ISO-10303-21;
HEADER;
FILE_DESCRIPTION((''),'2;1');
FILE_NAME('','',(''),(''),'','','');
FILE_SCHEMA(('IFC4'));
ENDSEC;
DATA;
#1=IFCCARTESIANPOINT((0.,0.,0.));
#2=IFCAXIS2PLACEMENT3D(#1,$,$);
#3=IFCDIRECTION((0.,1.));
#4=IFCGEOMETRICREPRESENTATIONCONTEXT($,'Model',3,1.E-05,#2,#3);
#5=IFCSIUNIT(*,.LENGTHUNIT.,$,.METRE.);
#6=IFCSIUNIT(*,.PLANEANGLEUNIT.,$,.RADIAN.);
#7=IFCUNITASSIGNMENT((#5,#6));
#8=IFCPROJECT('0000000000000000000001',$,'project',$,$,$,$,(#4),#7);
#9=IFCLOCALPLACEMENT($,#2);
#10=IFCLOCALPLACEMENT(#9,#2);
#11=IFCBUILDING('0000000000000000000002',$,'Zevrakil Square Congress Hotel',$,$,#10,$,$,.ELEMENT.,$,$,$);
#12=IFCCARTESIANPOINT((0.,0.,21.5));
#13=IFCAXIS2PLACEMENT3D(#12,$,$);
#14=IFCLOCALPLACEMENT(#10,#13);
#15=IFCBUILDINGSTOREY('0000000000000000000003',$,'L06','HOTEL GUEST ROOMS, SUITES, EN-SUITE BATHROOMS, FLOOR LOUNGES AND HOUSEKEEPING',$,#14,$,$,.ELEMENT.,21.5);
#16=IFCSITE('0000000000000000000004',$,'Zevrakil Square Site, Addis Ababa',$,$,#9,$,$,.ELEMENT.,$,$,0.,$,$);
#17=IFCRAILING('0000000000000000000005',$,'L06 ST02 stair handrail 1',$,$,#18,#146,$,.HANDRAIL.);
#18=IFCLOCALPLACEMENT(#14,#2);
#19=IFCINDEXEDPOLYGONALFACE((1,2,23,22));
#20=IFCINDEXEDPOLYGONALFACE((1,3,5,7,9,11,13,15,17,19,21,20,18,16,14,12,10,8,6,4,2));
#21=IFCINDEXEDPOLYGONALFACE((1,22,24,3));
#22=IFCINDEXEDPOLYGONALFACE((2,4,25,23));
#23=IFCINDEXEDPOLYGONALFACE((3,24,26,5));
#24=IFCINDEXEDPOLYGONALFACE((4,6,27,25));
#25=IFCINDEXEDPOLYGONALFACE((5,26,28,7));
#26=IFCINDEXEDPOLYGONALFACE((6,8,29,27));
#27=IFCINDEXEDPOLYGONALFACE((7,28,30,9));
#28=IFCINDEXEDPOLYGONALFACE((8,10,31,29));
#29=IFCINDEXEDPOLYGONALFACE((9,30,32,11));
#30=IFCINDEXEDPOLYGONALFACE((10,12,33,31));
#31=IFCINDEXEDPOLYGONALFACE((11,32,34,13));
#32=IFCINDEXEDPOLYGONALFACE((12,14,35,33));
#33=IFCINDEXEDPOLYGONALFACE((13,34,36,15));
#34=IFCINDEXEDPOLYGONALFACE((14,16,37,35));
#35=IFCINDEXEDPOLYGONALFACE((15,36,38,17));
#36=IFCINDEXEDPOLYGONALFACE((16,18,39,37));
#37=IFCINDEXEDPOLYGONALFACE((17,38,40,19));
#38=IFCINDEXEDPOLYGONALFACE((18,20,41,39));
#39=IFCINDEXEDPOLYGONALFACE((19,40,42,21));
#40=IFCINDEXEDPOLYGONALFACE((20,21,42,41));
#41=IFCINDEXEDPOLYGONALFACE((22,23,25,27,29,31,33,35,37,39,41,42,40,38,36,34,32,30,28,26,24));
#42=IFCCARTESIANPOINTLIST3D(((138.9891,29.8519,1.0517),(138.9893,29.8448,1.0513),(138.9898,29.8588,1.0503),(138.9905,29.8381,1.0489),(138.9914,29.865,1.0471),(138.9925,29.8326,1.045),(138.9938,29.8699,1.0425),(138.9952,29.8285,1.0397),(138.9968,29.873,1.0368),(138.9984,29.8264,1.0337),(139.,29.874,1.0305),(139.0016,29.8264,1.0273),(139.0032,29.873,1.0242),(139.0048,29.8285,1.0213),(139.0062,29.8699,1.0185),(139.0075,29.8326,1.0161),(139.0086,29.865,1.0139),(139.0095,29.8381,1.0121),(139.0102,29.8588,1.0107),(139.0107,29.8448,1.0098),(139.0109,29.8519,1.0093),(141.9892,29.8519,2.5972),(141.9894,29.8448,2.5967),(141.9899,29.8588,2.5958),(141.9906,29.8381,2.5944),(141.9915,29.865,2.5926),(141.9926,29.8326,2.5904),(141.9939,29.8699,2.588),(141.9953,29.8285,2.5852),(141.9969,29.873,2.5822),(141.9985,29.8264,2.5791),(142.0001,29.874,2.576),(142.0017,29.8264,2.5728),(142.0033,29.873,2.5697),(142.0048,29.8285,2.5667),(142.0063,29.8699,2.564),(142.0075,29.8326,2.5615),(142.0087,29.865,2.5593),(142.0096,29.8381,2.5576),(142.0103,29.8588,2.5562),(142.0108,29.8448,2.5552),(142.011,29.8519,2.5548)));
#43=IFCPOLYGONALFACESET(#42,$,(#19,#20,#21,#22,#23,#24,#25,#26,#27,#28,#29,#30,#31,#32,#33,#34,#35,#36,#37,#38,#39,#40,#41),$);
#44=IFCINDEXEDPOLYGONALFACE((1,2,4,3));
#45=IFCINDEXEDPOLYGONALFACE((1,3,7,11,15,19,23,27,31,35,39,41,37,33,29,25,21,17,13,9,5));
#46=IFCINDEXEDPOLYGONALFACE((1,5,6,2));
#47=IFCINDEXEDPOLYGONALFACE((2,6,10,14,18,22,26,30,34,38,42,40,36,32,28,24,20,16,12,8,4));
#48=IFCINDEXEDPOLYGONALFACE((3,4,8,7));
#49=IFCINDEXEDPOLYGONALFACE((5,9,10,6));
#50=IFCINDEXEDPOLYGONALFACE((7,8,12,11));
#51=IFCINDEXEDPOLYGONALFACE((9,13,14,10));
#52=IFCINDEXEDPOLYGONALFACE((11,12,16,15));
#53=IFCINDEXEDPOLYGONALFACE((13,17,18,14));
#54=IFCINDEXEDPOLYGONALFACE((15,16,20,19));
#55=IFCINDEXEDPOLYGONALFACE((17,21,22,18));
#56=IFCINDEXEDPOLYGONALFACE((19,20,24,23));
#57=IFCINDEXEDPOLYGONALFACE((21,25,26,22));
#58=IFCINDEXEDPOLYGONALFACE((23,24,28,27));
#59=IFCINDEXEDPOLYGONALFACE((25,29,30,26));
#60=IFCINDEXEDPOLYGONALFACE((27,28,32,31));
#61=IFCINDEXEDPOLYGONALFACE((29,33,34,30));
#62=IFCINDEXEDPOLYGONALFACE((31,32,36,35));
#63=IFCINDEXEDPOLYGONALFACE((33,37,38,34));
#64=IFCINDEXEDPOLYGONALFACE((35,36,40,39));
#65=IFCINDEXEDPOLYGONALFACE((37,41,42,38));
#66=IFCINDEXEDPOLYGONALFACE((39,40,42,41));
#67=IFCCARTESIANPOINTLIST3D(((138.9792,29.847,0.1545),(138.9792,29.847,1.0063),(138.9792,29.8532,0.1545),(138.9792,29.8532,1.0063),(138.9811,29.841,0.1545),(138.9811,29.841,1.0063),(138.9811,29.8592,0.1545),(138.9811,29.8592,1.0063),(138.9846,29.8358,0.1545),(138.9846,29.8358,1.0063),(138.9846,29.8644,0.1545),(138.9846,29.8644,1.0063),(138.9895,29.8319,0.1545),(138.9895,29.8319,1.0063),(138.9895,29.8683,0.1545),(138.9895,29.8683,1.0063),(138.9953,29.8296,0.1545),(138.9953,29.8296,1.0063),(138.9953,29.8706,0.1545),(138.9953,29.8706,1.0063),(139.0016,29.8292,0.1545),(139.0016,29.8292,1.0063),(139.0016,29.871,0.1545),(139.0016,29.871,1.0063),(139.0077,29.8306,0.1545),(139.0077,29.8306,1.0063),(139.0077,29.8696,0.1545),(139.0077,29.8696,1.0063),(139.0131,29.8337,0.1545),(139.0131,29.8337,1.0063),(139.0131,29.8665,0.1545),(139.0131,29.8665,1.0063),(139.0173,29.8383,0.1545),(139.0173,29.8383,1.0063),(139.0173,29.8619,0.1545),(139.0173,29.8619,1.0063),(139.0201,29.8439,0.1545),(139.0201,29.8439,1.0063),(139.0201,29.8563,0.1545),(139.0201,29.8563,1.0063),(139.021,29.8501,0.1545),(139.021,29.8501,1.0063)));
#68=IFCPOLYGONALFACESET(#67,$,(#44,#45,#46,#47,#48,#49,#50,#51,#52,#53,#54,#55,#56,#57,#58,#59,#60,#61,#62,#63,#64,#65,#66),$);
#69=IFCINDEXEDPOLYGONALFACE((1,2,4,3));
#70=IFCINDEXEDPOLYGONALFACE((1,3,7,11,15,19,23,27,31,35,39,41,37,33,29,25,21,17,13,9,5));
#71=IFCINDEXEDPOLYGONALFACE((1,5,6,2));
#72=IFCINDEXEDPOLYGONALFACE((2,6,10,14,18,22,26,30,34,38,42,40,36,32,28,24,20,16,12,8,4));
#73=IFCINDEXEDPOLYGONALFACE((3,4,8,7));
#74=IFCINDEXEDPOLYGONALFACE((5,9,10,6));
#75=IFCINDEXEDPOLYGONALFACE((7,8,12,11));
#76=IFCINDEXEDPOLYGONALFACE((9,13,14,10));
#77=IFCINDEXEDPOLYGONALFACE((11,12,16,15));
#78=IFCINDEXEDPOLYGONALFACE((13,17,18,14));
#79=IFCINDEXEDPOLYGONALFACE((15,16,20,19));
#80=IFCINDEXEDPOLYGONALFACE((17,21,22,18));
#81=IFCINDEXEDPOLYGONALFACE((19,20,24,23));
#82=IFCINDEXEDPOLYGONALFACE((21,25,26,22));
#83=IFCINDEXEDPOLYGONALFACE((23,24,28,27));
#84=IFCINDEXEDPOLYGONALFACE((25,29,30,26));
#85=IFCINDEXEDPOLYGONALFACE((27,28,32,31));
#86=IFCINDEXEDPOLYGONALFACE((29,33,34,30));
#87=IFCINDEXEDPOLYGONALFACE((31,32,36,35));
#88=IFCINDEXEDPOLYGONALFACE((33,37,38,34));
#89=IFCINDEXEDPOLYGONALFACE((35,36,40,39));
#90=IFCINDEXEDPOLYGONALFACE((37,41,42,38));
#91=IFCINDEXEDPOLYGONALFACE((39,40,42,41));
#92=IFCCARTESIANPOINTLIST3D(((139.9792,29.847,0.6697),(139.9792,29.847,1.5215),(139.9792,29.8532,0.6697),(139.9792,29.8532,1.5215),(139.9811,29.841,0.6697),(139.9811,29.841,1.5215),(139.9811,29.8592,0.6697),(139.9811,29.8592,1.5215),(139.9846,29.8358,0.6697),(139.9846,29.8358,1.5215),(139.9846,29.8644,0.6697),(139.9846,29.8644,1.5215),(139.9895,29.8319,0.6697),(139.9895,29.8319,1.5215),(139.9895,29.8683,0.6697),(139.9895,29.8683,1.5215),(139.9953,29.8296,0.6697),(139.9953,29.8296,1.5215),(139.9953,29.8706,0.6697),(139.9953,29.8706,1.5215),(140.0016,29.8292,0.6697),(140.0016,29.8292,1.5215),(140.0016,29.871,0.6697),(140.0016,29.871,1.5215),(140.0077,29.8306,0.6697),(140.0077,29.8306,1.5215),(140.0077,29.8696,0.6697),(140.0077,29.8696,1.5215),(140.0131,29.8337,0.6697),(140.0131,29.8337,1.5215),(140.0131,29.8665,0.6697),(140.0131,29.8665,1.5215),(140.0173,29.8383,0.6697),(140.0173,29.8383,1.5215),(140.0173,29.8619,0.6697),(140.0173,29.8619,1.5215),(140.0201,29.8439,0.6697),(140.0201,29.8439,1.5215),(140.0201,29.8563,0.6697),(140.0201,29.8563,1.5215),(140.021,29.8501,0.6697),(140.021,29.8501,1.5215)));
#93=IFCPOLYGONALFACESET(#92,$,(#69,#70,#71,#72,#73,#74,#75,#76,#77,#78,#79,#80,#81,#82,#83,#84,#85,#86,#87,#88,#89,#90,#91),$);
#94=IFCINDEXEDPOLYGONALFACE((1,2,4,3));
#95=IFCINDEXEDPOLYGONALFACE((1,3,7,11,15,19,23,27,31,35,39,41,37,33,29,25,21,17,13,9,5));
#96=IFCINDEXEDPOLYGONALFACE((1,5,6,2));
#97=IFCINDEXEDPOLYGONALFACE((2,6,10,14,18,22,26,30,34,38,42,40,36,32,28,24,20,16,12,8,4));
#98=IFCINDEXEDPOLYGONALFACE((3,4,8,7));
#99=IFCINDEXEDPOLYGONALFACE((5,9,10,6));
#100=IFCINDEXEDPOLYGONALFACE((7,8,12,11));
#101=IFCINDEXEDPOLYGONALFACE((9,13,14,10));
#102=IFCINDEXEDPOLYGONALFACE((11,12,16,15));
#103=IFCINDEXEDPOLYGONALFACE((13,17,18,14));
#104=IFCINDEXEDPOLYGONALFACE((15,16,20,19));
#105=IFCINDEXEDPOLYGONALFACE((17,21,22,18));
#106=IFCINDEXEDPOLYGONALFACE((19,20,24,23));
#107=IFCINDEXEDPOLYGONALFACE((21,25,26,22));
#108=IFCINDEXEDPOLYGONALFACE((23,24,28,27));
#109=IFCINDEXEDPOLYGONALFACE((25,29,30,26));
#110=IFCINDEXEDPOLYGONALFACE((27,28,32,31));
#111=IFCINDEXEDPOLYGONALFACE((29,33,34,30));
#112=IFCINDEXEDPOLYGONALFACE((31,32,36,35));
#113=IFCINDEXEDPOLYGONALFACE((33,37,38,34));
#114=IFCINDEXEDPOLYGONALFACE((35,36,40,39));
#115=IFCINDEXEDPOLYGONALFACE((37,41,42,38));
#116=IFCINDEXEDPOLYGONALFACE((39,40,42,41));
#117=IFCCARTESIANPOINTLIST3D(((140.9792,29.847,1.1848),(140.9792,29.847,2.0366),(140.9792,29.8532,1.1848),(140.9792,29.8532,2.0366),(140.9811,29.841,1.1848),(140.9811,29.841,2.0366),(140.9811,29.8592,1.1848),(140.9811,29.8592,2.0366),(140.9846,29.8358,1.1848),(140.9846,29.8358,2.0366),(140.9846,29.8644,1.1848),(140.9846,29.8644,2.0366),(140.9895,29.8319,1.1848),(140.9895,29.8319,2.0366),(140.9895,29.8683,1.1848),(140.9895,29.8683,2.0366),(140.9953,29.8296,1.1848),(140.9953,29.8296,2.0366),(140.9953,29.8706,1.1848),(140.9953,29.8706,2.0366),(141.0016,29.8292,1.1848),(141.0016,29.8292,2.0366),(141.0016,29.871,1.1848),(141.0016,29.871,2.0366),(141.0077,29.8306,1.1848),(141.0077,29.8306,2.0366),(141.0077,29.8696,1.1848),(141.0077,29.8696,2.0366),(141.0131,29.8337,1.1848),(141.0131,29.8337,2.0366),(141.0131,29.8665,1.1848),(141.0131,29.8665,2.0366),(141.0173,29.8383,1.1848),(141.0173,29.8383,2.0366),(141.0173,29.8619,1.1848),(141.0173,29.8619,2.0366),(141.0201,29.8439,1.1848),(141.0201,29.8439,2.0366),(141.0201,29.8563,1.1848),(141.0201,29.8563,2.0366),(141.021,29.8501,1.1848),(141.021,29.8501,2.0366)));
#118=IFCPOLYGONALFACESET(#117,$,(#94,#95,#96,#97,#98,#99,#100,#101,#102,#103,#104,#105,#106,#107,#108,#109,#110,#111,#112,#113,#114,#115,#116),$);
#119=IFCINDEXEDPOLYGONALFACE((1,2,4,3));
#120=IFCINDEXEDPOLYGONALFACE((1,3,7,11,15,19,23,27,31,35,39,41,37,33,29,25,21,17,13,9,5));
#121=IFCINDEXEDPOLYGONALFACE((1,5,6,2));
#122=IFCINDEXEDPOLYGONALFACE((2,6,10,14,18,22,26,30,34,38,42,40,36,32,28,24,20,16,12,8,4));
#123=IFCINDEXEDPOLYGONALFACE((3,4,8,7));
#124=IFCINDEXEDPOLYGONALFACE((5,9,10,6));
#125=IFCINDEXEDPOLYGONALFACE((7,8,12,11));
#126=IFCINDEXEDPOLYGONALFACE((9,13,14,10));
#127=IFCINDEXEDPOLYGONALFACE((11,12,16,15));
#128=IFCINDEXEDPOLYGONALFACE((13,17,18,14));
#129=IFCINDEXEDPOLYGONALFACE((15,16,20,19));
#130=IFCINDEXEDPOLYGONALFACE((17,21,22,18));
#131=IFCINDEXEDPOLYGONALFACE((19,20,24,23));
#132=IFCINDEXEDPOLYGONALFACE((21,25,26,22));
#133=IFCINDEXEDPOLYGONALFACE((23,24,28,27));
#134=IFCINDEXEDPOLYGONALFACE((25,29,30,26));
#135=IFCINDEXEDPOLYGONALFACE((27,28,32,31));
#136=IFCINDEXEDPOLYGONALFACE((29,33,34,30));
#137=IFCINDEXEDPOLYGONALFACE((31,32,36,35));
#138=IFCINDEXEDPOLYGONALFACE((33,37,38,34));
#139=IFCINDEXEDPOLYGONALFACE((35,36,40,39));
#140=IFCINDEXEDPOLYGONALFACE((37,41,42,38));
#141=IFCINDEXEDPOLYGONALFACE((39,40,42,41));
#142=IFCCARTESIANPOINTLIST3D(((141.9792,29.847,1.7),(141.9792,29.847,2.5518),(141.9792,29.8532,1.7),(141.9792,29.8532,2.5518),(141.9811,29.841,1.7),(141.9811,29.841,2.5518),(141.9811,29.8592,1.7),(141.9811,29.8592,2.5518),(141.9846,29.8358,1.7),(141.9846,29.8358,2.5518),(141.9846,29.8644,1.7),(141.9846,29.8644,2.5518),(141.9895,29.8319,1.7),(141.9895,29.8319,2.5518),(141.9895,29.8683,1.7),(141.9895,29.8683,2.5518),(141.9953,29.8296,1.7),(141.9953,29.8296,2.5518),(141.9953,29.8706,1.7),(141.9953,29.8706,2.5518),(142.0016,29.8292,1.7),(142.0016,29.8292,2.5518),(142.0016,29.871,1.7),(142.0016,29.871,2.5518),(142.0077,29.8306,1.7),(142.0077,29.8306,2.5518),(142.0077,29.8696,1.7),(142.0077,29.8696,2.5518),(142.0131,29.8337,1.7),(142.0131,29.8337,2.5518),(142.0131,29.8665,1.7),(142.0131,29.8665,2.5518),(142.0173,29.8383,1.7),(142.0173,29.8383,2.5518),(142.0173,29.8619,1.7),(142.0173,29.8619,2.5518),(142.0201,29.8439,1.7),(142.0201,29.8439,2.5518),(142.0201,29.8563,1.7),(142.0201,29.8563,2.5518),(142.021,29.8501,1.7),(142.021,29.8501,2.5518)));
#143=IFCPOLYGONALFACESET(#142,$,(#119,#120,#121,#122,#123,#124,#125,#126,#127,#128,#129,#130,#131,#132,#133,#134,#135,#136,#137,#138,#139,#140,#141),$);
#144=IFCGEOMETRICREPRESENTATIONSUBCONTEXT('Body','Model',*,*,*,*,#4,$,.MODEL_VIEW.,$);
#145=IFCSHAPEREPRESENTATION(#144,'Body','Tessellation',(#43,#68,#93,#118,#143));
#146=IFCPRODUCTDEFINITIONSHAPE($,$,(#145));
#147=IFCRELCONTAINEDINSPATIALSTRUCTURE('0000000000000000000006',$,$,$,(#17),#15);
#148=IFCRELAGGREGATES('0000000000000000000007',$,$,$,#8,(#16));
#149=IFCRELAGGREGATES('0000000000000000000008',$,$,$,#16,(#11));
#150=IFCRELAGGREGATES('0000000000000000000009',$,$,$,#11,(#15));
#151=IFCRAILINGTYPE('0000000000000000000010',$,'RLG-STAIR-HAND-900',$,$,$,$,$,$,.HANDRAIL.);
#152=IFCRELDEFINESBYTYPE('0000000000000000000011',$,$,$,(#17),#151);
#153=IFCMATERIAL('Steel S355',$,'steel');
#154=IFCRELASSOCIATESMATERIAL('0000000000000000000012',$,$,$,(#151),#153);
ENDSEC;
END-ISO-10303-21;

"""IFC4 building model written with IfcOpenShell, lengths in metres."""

from ifc_helpers import new_model, si_unit, direction, frame, origin, origin_2d, place, context, subcontext, project, spatial, circle, extrude, material, type_object, element, save


model = new_model("IFC4")

# Units and contexts
model_context = context("Model", 3, precision=1e-05, world=origin(), true_north=direction((0.0, 1.0)))
body_context = subcontext(model_context, "Body", "Model", "MODEL_VIEW")
ifc_project = project(units=[si_unit("LENGTHUNIT", "METRE"), si_unit("PLANEANGLEUNIT", "RADIAN")], contexts=[model_context])

# Site, building, storey
site_placement = place(None, origin())
site = spatial("IfcSite", under=ifc_project, at=site_placement, Name="Zevrakil Square Site, Addis Ababa", CompositionType="ELEMENT", RefElevation=0.0)
building_placement = place(site_placement, origin())
building = spatial("IfcBuilding", under=site, at=building_placement, Name="Zevrakil Square Congress Hotel", CompositionType="ELEMENT")
storey_placement = place(building_placement, frame((0.0, 0.0, 21.5)))
storey = spatial("IfcBuildingStorey", under=building, at=storey_placement, Name="L06", Description="HOTEL GUEST ROOMS, SUITES, EN-SUITE BATHROOMS, FLOOR LOUNGES AND HOUSEKEEPING", CompositionType="ELEMENT", Elevation=21.5)

# Railing
ifc_material_1 = material(Name="Steel S355", Category="steel")
railing_type_1 = type_object("IfcRailingType", Name="RLG-STAIR-HAND-900", PredefinedType="HANDRAIL", material=ifc_material_1)
railing_1_placement = place(storey_placement, frame((139.0, 29.8501, 0.1545)))
element("IfcRailing", 1, at=railing_1_placement, inside=storey, type_object=railing_type_1, Name="L06 ST02 stair handrail 1", PredefinedType="HANDRAIL", context=body_context, shape_type="SweptSolid", body=[
    extrude(circle(Radius=0.0239, at=origin_2d()), frame((0.0, 0.0, 0.876), z_axis=(0.88898, 0.0, 0.457946), x_axis=(0.0, 1.0, 0.0)), (0.0, 0.0, 1.0), 3.3748),
    extrude(circle(Radius=0.021, at=origin_2d()), origin(), (0.0, 0.0, 1.0), 0.8518),
    extrude(circle(Radius=0.021, at=origin_2d()), frame((1.0, 0.0, 0.5151)), (0.0, 0.0, 1.0), 0.8518),
    extrude(circle(Radius=0.021, at=origin_2d()), frame((2.0, 0.0, 1.0303)), (0.0, 0.0, 1.0), 0.8518),
    extrude(circle(Radius=0.021, at=origin_2d()), frame((3.0, 0.0, 1.5454)), (0.0, 0.0, 1.0), 0.8518),
])

save(model, "model.ifc")
